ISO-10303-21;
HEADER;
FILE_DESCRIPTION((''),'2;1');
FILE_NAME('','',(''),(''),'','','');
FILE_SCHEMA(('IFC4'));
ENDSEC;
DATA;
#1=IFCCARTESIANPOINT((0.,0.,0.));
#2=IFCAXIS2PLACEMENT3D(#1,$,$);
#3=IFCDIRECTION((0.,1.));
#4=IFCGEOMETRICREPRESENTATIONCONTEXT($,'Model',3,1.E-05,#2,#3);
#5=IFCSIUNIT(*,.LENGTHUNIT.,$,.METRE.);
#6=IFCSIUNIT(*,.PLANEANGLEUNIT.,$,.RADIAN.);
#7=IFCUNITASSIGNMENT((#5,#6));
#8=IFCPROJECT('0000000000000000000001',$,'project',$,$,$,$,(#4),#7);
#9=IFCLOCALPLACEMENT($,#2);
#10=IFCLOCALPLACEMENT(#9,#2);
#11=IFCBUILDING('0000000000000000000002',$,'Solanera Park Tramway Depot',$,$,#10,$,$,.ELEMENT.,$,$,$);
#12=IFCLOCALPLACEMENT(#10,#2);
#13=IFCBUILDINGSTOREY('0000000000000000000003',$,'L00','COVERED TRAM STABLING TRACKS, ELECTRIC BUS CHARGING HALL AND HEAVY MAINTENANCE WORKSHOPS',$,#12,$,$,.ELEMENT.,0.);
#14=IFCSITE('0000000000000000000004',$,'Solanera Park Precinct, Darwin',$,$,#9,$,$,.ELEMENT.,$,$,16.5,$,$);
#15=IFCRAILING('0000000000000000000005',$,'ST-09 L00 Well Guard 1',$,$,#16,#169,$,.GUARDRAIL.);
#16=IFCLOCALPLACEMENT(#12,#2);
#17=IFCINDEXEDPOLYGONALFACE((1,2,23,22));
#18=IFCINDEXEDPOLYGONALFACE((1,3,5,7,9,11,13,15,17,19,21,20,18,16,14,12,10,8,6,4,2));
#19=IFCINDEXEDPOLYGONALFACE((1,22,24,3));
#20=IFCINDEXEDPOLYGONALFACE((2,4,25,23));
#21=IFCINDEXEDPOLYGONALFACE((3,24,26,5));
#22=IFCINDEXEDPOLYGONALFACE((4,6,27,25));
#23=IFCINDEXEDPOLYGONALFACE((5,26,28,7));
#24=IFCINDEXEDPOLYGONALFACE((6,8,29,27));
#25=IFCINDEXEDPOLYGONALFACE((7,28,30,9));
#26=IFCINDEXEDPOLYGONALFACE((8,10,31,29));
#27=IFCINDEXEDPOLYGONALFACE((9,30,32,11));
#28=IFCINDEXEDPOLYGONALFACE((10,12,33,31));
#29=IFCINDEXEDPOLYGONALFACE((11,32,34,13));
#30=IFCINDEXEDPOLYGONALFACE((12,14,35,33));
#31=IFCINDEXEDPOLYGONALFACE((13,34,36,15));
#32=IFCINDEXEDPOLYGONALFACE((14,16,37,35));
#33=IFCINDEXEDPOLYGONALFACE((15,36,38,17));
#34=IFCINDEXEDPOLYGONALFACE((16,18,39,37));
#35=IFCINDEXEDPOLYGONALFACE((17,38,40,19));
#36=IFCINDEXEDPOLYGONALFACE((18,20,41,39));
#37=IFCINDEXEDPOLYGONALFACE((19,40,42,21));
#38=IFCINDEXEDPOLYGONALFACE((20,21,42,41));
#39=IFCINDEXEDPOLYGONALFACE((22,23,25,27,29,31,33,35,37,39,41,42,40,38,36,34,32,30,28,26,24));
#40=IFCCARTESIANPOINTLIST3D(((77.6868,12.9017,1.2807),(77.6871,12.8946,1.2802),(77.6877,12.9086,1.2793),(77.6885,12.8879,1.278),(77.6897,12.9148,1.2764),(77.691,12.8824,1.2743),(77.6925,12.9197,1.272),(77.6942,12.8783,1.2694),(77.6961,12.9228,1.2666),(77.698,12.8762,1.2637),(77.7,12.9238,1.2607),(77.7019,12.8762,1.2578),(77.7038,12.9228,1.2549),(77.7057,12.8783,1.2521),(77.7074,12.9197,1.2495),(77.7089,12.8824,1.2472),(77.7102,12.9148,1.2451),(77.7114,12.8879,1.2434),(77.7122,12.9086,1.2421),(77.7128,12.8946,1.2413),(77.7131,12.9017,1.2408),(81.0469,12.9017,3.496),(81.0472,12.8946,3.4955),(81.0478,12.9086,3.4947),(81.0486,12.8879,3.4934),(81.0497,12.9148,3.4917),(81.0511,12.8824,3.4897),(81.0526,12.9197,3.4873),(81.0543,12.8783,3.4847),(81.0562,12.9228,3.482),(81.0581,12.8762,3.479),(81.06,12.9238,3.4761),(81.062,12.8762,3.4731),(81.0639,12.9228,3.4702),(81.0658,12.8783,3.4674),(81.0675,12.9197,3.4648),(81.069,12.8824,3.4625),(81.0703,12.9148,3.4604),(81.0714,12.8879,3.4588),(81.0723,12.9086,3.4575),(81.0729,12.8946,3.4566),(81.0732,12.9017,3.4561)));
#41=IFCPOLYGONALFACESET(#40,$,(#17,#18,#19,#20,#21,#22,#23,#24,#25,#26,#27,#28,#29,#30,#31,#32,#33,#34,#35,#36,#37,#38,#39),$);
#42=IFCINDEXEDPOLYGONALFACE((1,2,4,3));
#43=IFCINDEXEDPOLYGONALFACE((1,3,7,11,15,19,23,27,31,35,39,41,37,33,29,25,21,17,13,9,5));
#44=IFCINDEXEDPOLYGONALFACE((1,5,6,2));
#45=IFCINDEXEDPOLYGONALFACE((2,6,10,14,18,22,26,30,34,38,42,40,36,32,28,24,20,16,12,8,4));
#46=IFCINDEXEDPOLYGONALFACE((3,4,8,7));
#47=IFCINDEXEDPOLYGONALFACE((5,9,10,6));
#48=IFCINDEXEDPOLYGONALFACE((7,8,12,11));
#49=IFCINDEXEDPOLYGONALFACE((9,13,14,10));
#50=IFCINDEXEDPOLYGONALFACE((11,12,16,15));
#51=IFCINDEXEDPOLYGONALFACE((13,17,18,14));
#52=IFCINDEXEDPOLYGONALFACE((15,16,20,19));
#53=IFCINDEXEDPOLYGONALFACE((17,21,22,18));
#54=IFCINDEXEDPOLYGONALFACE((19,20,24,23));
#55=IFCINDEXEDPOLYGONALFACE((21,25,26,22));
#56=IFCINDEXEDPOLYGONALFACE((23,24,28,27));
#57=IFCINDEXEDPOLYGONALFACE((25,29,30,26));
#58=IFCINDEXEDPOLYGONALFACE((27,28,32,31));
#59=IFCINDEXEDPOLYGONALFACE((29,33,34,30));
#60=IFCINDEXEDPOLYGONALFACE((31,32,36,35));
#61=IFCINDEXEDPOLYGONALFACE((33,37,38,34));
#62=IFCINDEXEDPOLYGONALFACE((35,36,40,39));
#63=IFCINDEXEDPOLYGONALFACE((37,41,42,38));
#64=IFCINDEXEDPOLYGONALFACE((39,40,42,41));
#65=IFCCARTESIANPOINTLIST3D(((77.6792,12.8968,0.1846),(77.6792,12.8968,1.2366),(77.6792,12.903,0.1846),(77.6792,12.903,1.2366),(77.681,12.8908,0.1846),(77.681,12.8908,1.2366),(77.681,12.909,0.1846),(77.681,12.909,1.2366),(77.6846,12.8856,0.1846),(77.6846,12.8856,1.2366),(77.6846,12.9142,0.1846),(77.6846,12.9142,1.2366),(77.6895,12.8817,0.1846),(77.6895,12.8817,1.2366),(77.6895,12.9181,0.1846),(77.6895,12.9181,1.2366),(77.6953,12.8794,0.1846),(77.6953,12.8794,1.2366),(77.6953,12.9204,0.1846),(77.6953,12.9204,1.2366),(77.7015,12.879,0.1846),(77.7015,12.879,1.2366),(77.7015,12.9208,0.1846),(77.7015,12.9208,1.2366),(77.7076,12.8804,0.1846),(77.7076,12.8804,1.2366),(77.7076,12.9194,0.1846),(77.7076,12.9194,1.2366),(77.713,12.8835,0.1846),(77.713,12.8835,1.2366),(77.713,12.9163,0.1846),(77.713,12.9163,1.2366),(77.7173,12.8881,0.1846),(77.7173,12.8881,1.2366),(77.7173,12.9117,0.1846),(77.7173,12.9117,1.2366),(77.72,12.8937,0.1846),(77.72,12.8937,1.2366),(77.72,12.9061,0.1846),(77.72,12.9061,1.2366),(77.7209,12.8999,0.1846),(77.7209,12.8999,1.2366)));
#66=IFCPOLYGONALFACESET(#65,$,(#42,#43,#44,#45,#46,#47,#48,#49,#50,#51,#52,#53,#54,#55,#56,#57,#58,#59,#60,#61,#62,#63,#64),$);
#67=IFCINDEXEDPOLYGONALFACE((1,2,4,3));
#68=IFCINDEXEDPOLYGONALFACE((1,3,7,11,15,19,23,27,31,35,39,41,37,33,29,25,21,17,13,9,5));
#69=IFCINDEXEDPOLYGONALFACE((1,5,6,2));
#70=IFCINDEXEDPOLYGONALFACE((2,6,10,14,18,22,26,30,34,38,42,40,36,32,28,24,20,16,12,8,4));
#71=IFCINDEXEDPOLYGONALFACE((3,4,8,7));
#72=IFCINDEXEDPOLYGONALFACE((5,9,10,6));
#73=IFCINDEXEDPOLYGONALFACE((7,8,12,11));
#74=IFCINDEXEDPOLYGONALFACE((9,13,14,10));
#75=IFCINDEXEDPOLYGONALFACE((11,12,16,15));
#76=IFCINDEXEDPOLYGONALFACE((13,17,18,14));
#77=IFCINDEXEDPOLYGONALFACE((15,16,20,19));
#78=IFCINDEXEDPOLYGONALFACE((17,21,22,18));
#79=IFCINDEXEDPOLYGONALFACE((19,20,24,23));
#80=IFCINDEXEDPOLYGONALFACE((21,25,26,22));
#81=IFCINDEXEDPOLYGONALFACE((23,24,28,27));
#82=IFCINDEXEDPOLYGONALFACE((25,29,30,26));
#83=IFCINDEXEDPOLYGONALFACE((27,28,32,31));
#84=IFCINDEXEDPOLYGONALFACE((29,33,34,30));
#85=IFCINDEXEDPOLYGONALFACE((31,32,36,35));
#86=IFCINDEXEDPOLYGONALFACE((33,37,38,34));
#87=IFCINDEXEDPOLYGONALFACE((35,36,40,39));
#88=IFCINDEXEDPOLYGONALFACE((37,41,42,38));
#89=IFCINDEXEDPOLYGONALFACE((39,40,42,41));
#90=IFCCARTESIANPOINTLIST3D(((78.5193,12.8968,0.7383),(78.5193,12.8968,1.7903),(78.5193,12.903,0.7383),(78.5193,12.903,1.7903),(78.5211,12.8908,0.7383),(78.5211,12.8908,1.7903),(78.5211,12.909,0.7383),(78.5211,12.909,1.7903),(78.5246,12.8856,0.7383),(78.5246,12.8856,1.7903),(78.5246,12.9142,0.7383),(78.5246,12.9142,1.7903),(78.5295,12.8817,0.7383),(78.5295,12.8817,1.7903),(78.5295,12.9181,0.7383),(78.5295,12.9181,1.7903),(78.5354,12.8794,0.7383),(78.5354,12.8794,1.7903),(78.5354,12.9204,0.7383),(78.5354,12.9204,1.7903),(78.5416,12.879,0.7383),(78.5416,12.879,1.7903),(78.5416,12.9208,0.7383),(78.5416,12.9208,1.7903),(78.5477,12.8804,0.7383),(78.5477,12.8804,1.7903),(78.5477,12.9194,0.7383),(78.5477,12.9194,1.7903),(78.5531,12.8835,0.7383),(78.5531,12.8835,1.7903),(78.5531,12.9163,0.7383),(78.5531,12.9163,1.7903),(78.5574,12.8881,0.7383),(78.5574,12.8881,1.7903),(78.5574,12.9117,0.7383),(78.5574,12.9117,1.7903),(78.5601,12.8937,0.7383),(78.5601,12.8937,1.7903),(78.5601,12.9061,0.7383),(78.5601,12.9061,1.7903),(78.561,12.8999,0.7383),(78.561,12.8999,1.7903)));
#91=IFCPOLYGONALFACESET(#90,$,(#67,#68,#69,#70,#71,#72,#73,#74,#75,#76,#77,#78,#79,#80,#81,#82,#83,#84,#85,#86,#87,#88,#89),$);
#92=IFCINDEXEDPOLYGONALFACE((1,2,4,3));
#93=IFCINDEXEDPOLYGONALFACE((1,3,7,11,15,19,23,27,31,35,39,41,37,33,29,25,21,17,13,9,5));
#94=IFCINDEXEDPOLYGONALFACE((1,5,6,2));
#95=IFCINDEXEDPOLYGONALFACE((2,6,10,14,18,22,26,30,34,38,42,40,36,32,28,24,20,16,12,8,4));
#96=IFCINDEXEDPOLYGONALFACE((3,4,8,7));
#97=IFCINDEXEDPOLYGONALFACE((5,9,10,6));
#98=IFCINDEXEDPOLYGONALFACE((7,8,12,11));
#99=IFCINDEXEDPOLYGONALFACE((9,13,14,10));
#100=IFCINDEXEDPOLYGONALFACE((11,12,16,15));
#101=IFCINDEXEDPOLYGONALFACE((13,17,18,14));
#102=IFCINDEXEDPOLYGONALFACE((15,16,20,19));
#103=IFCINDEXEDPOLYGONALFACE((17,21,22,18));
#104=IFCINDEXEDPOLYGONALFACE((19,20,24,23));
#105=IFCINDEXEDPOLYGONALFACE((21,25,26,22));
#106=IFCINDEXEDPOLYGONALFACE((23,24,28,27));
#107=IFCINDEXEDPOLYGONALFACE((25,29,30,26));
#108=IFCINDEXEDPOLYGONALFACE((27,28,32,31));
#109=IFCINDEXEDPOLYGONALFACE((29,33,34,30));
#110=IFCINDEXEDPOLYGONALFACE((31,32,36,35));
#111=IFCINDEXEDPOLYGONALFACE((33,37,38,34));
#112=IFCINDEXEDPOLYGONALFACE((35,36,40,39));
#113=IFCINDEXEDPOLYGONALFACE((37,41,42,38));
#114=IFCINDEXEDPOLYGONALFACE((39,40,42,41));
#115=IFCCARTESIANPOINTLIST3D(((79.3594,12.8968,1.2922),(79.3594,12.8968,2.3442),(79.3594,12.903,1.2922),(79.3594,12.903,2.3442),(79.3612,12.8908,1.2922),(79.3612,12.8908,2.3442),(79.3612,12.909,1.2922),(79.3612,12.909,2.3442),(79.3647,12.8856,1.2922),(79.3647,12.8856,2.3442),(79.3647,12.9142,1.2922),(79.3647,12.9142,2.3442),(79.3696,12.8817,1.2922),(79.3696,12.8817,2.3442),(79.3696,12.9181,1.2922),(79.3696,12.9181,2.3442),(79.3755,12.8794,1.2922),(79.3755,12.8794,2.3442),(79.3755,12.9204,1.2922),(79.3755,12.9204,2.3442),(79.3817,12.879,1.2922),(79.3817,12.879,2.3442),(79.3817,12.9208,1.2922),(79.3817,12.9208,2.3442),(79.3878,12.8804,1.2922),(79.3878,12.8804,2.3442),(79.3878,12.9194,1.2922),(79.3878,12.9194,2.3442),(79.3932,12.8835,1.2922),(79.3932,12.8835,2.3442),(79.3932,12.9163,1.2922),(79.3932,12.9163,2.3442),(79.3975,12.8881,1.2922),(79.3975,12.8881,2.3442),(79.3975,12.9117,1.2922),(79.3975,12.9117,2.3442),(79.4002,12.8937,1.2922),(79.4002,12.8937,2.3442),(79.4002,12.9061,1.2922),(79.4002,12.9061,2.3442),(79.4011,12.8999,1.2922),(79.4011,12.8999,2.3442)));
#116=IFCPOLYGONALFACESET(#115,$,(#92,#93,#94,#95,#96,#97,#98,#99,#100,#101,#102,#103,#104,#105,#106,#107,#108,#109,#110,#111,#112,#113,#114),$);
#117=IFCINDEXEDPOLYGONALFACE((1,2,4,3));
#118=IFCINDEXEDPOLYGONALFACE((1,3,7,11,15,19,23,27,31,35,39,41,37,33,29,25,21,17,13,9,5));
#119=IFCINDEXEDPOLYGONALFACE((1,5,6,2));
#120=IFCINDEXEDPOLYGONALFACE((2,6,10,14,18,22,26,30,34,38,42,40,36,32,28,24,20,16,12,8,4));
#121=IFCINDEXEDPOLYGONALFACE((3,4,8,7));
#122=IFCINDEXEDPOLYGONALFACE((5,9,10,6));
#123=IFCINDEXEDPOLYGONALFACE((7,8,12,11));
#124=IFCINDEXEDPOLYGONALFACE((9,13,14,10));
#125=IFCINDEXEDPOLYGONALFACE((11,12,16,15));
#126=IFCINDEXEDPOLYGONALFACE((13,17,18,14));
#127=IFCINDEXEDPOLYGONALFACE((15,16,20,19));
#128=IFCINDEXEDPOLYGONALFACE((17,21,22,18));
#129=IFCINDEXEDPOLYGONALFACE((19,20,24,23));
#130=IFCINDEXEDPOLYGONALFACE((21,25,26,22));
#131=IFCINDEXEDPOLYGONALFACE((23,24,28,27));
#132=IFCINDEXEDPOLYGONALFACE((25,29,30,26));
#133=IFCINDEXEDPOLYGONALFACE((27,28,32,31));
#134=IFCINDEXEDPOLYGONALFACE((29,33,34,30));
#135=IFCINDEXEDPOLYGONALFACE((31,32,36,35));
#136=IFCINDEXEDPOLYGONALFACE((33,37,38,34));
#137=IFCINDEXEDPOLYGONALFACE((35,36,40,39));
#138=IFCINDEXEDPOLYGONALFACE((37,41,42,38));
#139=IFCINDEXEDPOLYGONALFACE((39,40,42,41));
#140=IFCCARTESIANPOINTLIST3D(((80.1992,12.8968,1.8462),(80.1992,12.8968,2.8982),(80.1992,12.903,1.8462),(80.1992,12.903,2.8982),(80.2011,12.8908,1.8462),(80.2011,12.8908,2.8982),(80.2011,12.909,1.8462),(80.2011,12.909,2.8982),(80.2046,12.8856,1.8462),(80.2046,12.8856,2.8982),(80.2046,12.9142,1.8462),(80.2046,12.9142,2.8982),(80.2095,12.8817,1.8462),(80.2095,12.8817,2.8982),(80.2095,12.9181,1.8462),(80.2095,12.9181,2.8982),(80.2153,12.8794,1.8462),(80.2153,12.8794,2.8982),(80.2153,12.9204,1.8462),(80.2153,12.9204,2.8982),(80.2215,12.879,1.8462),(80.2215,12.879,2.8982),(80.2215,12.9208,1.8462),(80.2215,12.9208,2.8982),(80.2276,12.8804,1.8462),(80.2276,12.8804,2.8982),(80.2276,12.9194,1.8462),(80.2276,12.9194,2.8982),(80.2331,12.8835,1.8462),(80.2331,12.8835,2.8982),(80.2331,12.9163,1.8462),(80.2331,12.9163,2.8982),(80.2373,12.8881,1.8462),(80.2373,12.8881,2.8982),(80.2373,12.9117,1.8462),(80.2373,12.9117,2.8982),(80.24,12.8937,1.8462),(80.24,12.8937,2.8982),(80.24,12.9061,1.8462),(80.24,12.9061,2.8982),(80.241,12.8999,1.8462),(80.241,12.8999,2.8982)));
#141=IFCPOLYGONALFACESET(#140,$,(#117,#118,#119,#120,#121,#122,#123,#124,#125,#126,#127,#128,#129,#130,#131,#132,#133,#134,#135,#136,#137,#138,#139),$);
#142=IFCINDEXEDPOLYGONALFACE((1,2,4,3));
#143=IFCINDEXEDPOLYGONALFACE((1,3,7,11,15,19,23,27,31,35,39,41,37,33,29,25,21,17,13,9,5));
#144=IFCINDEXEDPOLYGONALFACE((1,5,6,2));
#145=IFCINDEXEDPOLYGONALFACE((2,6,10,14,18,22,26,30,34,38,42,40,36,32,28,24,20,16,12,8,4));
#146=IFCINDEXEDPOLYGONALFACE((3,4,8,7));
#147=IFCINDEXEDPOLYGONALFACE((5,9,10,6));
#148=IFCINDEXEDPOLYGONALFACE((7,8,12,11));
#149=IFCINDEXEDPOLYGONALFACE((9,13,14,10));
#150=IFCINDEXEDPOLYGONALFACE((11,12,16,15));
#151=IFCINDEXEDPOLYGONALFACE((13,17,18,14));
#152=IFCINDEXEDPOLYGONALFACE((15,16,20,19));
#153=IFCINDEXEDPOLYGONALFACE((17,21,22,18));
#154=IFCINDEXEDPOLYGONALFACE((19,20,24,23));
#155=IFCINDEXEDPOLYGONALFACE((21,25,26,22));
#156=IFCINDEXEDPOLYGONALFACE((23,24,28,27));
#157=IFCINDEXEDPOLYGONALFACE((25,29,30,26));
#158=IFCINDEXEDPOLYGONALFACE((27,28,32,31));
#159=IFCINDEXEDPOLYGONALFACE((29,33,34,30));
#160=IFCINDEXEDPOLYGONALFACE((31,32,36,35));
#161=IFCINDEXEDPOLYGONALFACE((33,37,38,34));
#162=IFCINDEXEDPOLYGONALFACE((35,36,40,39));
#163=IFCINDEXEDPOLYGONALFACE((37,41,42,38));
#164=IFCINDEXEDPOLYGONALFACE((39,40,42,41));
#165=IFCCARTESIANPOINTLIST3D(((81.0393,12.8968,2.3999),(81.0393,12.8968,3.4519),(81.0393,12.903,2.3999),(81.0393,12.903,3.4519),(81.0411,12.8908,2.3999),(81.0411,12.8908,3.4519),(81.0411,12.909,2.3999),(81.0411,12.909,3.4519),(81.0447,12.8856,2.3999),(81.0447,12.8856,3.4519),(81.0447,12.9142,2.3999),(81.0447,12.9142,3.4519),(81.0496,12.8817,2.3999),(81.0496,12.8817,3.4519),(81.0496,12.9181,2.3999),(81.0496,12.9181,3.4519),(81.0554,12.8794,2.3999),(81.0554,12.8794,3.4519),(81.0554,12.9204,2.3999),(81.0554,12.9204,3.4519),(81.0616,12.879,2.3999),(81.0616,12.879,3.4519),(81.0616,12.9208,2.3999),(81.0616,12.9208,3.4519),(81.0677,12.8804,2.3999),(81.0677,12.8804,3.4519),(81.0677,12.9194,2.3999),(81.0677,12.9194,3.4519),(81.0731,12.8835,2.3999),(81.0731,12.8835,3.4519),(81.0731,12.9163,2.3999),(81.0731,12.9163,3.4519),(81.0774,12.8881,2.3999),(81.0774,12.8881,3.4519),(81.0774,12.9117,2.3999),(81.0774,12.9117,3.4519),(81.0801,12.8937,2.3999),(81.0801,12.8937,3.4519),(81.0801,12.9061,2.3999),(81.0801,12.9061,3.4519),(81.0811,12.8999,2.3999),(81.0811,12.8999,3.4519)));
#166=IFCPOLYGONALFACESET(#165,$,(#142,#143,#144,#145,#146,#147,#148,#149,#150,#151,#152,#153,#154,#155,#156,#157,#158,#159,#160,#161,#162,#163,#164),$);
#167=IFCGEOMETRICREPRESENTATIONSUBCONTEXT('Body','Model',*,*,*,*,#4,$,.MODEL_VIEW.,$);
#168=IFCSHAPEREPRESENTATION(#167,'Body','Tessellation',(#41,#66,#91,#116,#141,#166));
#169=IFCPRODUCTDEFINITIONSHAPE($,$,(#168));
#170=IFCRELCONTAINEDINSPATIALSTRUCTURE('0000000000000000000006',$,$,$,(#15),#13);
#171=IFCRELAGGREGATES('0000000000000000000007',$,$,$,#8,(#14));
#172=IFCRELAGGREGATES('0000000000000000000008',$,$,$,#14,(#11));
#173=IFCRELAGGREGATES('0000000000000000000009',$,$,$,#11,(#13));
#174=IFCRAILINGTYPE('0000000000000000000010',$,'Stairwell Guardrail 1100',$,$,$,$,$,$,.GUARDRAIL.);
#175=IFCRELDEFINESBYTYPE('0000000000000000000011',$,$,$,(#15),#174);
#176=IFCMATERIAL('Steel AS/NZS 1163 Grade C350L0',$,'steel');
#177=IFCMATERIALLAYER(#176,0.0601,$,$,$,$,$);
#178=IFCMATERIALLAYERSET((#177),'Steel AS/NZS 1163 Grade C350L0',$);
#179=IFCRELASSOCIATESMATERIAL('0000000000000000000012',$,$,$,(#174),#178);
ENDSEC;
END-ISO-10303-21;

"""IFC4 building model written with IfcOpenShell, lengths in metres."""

from ifc_helpers import new_model, si_unit, direction, frame, origin, origin_2d, place, context, subcontext, project, spatial, circle, extrude, material, layer, layer_set, type_object, element, save


model = new_model("IFC4")

# Units and contexts
model_context = context("Model", 3, precision=1e-05, world=origin(), true_north=direction((0.0, 1.0)))
body_context = subcontext(model_context, "Body", "Model", "MODEL_VIEW")
ifc_project = project(units=[si_unit("LENGTHUNIT", "METRE"), si_unit("PLANEANGLEUNIT", "RADIAN")], contexts=[model_context])

# Site, building, storey
site_placement = place(None, origin())
site = spatial("IfcSite", under=ifc_project, at=site_placement, Name="Solanera Park Precinct, Darwin", CompositionType="ELEMENT", RefElevation=16.5)
building_placement = place(site_placement, origin())
building = spatial("IfcBuilding", under=site, at=building_placement, Name="Solanera Park Tramway Depot", CompositionType="ELEMENT")
storey_placement = place(building_placement, origin())
storey = spatial("IfcBuildingStorey", under=building, at=storey_placement, Name="L00", Description="COVERED TRAM STABLING TRACKS, ELECTRIC BUS CHARGING HALL AND HEAVY MAINTENANCE WORKSHOPS", CompositionType="ELEMENT", Elevation=0.0)

# Railing
ifc_material_1 = material(Name="Steel AS/NZS 1163 Grade C350L0", Category="steel")
ifc_layer_1 = layer(ifc_material_1, 0.0601)
ifc_layer_set_1 = layer_set([ifc_layer_1], Name="Steel AS/NZS 1163 Grade C350L0")
railing_type_1 = type_object("IfcRailingType", Name="Stairwell Guardrail 1100", PredefinedType="GUARDRAIL", material=ifc_layer_set_1)
railing_1_placement = place(storey_placement, frame((77.7, 12.8999, 0.1846)))
element("IfcRailing", 1, at=railing_1_placement, inside=storey, type_object=railing_type_1, Name="ST-09 L00 Well Guard 1", PredefinedType="GUARDRAIL", context=body_context, shape_type="SweptSolid", body=[
    extrude(circle(Radius=0.0239, at=origin_2d()), frame((0.0, 0.0, 1.0762), z_axis=(0.834876, 0.0, 0.550437), x_axis=(0.0, 1.0, 0.0)), (0.0, 0.0, 1.0), 4.0247),
    extrude(circle(Radius=0.021, at=origin_2d()), origin(), (0.0, 0.0, 1.0), 1.052),
    extrude(circle(Radius=0.021, at=origin_2d()), frame((0.8401, 0.0, 0.5537)), (0.0, 0.0, 1.0), 1.052),
    extrude(circle(Radius=0.021, at=origin_2d()), frame((1.6802, 0.0, 1.1077)), (0.0, 0.0, 1.0), 1.052),
    extrude(circle(Radius=0.021, at=origin_2d()), frame((2.52, 0.0, 1.6616)), (0.0, 0.0, 1.0), 1.052),
    extrude(circle(Radius=0.021, at=origin_2d()), frame((3.3601, 0.0, 2.2153)), (0.0, 0.0, 1.0), 1.052),
])

save(model, "model.ifc")
